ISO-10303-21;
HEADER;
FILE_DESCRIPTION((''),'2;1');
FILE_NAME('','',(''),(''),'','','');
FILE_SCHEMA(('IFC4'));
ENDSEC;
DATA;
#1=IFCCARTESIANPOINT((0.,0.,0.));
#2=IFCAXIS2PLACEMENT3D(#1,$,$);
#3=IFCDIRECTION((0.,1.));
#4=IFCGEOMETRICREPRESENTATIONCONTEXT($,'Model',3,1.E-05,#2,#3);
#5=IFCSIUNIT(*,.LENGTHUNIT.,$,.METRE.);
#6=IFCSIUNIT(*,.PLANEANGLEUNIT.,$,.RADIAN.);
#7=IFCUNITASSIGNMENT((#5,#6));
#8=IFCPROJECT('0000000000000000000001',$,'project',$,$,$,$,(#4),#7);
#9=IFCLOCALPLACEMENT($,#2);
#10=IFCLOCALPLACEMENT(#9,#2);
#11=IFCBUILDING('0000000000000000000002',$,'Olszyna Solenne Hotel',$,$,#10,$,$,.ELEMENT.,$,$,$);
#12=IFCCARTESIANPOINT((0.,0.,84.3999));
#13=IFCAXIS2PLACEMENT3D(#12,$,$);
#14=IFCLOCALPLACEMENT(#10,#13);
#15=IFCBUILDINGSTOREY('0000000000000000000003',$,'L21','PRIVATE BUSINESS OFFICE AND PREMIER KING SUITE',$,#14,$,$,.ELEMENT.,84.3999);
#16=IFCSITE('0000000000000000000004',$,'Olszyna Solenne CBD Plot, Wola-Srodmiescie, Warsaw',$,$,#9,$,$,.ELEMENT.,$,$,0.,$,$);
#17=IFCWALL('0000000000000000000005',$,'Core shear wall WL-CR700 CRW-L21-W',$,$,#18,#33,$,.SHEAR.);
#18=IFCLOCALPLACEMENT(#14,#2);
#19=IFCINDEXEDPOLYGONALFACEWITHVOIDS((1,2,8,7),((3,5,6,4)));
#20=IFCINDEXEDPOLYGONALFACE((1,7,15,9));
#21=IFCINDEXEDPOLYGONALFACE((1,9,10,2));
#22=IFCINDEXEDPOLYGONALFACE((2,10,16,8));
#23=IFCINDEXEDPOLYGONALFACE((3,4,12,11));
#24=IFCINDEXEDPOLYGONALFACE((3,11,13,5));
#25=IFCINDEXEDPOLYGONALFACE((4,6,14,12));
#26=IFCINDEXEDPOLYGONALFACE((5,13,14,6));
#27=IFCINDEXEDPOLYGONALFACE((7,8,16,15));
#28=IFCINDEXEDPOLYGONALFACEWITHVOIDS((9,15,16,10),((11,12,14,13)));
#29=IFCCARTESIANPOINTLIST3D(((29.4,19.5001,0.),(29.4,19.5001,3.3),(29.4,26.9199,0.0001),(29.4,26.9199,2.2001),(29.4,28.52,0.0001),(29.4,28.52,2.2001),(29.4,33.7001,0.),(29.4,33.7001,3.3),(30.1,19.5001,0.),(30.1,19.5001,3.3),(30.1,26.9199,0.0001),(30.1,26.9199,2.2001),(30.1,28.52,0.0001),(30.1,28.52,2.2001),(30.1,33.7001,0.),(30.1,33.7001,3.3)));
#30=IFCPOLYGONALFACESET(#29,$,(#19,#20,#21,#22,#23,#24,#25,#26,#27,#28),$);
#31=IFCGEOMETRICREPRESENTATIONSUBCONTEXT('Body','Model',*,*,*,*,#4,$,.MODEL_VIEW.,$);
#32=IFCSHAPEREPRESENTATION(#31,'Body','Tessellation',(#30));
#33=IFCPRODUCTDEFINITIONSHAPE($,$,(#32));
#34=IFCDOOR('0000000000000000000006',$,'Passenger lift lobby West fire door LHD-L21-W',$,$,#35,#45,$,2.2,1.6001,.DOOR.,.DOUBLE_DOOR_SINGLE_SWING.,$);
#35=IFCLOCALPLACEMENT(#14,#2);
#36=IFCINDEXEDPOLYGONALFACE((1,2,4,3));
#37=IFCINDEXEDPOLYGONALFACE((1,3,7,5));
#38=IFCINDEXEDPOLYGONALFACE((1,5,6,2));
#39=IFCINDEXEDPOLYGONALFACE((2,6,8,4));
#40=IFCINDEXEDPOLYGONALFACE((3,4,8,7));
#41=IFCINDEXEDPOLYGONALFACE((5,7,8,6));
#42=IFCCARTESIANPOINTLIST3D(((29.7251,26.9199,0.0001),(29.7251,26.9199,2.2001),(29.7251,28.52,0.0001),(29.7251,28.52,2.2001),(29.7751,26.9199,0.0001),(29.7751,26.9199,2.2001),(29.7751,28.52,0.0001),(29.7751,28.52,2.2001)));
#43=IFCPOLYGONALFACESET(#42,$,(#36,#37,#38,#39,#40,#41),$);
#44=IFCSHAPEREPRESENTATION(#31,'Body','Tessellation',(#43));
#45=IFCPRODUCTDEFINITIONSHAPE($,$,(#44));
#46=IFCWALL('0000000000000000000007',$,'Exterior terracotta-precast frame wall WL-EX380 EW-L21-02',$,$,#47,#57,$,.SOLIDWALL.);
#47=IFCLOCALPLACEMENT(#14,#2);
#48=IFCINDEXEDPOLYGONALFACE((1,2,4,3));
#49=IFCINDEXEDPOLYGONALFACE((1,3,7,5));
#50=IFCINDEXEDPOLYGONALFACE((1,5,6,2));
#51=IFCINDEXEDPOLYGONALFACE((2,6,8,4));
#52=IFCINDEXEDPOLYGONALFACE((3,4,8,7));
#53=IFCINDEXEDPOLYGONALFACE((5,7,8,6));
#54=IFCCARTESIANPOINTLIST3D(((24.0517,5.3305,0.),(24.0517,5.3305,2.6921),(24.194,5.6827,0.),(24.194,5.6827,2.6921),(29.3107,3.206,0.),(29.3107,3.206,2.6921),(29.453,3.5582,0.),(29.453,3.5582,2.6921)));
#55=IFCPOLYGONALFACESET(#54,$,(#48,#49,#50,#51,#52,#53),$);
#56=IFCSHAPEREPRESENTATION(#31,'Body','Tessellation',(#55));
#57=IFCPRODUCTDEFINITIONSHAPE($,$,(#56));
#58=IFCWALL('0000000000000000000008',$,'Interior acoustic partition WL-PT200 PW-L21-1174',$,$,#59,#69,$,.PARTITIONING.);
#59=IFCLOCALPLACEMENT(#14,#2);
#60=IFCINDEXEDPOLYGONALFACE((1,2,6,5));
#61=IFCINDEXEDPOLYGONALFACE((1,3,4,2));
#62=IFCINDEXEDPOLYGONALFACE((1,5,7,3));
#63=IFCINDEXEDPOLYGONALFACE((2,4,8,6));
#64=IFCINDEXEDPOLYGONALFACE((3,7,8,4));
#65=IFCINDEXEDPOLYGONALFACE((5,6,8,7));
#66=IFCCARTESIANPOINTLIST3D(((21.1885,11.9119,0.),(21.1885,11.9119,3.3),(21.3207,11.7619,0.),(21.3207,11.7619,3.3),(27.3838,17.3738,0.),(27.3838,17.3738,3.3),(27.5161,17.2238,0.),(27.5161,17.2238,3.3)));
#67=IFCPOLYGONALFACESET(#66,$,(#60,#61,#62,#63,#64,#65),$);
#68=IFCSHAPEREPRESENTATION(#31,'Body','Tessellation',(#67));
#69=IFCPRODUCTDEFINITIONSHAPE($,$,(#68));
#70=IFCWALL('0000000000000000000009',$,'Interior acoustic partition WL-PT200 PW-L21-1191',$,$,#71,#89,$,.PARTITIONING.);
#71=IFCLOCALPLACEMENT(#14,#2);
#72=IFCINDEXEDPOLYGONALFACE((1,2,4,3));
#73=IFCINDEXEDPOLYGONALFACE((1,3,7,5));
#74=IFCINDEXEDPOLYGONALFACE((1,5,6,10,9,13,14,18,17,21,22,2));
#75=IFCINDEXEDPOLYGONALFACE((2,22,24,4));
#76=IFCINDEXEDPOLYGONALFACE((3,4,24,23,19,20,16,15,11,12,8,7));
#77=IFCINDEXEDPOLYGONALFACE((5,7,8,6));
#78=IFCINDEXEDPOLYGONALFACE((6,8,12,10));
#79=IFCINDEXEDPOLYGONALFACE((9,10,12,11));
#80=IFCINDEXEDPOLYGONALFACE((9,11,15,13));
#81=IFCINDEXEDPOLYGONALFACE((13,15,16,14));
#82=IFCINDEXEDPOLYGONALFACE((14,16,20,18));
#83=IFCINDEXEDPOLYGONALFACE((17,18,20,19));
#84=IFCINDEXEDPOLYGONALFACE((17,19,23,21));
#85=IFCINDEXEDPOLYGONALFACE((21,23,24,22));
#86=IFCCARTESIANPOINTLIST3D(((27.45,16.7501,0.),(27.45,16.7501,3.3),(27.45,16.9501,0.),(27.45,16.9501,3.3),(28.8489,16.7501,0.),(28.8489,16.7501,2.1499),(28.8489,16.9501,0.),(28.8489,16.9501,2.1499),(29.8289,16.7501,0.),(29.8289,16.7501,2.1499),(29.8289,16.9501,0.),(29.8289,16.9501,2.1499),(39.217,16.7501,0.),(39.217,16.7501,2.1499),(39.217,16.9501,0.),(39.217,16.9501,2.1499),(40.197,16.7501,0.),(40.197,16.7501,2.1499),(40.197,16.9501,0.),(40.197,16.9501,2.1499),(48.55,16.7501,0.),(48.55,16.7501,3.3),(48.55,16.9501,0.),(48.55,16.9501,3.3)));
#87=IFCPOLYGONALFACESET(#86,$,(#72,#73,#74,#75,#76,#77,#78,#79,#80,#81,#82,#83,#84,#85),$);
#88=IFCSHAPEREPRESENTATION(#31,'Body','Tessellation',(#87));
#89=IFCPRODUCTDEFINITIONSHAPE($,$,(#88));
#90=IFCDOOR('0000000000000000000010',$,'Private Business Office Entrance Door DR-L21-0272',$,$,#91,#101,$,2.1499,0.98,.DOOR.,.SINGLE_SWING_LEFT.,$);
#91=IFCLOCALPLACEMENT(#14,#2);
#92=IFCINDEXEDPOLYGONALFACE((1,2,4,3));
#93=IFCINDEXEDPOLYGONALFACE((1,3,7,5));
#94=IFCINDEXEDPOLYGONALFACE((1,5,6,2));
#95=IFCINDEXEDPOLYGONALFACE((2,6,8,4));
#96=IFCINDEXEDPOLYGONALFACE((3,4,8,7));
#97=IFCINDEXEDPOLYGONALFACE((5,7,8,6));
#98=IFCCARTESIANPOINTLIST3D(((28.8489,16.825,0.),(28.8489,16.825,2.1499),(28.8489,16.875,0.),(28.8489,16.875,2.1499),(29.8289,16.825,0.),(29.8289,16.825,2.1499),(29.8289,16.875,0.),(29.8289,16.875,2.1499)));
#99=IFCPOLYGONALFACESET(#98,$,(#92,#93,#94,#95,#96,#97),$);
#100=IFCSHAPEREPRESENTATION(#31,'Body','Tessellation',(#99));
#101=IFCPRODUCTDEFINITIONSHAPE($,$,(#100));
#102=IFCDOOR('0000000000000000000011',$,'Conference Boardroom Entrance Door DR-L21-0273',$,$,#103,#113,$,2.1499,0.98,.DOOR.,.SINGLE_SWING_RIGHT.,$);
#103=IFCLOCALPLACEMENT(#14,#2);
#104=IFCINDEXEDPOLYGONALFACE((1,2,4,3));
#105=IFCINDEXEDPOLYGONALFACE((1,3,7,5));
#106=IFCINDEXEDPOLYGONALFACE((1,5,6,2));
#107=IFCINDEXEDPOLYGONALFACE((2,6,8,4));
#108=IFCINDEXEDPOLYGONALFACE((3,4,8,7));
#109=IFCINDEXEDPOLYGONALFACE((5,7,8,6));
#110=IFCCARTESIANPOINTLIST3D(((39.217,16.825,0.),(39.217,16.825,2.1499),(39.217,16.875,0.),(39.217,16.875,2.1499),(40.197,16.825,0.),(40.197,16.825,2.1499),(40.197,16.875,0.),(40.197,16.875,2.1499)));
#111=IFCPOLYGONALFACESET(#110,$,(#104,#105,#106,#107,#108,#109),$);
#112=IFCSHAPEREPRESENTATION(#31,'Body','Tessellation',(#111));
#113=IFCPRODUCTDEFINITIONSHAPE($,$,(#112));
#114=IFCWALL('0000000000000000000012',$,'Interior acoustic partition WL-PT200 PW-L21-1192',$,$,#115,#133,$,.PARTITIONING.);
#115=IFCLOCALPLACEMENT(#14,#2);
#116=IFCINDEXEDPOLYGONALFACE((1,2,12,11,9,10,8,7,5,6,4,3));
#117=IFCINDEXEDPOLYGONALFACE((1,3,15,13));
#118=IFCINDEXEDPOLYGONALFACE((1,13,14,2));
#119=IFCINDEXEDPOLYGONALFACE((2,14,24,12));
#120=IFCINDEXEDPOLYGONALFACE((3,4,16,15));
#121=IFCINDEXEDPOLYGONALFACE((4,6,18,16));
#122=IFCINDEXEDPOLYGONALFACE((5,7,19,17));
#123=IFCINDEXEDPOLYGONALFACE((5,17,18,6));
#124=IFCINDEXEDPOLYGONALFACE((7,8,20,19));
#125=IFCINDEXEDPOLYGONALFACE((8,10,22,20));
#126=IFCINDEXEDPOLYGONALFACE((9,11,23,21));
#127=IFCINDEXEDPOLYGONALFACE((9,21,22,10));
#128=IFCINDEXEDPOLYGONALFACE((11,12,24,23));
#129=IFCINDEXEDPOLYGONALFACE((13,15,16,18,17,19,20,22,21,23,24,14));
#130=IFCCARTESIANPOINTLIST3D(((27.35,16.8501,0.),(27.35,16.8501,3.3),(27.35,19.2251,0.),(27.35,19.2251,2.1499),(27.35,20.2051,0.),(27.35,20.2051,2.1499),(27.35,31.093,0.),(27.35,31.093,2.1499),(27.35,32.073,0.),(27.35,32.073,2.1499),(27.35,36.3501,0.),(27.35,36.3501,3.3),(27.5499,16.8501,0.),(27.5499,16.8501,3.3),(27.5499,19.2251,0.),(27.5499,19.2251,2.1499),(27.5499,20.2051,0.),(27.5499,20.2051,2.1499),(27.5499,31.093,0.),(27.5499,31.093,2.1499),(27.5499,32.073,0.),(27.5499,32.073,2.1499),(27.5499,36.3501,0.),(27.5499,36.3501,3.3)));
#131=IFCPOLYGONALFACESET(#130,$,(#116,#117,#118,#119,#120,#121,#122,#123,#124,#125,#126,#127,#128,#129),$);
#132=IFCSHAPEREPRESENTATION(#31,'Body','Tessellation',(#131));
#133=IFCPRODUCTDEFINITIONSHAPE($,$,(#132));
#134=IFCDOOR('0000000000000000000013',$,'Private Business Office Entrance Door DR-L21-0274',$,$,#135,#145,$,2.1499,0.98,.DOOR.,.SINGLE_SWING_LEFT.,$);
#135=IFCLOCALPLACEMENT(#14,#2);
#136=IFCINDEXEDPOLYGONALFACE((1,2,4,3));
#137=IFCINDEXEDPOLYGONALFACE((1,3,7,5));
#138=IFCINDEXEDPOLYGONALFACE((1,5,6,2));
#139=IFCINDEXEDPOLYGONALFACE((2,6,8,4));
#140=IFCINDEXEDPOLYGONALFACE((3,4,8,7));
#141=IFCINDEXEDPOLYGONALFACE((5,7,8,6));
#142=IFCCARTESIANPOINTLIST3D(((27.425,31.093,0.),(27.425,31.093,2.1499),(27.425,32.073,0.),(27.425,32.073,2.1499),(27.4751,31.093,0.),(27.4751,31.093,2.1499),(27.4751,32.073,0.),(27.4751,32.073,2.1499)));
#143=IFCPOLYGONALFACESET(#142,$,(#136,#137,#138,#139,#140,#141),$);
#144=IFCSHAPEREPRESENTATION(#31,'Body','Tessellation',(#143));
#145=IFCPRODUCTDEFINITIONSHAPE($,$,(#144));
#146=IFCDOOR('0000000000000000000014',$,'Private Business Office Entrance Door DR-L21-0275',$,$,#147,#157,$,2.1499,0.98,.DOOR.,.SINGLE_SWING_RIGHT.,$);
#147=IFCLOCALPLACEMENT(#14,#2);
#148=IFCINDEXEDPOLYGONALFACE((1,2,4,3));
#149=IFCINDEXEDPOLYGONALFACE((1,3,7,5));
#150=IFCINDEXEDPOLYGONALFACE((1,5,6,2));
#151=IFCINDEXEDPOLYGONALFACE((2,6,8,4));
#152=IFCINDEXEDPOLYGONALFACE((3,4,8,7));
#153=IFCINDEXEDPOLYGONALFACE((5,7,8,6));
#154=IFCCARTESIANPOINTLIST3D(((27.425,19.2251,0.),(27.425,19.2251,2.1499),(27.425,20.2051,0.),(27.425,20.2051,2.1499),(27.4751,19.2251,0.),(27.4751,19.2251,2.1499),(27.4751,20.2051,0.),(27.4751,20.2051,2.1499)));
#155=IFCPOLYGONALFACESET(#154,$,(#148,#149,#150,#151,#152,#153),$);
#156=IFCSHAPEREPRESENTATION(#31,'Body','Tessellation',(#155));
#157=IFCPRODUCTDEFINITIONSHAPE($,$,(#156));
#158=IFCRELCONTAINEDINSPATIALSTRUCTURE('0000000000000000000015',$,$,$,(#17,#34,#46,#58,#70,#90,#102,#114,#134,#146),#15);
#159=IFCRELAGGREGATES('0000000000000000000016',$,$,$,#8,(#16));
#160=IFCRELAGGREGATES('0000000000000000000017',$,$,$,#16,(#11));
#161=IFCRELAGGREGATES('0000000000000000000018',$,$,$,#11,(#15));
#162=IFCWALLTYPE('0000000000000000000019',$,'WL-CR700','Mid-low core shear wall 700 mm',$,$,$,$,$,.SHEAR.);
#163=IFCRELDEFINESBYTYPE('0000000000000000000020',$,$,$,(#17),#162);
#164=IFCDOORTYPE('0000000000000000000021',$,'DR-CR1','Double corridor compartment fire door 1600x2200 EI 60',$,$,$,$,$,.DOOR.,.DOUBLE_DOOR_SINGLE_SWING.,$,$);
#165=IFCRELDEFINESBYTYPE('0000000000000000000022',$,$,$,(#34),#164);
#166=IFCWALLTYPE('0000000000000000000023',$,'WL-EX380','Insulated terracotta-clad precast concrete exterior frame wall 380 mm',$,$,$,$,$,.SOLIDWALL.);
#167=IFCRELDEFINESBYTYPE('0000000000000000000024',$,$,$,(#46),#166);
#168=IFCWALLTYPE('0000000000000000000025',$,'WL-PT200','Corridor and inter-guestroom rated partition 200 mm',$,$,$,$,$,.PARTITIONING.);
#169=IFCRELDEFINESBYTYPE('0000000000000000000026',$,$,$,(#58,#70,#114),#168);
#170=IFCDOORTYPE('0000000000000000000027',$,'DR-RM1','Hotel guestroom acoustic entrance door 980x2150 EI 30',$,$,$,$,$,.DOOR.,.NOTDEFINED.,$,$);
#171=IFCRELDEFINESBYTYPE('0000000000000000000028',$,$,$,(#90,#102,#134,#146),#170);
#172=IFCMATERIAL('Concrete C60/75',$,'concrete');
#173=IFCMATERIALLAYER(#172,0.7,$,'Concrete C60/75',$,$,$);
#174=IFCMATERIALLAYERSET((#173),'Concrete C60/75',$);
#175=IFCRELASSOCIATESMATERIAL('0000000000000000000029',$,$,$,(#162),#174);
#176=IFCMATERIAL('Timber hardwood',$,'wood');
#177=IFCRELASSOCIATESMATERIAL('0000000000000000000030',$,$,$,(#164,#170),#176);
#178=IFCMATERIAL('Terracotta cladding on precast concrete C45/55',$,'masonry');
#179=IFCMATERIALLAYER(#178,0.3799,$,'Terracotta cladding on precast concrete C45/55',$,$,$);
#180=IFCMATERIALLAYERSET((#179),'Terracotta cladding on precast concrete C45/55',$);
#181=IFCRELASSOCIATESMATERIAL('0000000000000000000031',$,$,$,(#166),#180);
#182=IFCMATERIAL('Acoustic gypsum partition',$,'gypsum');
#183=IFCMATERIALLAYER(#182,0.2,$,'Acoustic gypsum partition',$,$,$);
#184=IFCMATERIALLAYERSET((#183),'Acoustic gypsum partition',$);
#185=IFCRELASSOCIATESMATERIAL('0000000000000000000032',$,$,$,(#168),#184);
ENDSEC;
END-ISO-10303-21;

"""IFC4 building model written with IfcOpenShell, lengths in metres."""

from ifc_helpers import new_model, si_unit, direction, frame, frame_2d, origin, place, context, subcontext, project, spatial, rectangle, extrude, source, transform, mapped, material, layer, layer_set, type_object, type_shapes, element, fill, save


model = new_model("IFC4")

# Units and contexts
model_context = context("Model", 3, precision=1e-05, world=origin(), true_north=direction((0.0, 1.0)))
body_context = subcontext(model_context, "Body", "Model", "MODEL_VIEW")
ifc_project = project(units=[si_unit("LENGTHUNIT", "METRE"), si_unit("PLANEANGLEUNIT", "RADIAN")], contexts=[model_context])

# Site, building, storey
site_placement = place(None, origin())
site = spatial("IfcSite", under=ifc_project, at=site_placement, Name="Olszyna Solenne CBD Plot, Wola-Srodmiescie, Warsaw", CompositionType="ELEMENT", RefElevation=0.0)
building_placement = place(site_placement, origin())
building = spatial("IfcBuilding", under=site, at=building_placement, Name="Olszyna Solenne Hotel", CompositionType="ELEMENT")
storey_placement = place(building_placement, frame((0.0, 0.0, 84.3999)))
storey = spatial("IfcBuildingStorey", under=building, at=storey_placement, Name="L21", Description="PRIVATE BUSINESS OFFICE AND PREMIER KING SUITE", CompositionType="ELEMENT", Elevation=84.3999)

# Wall, opening, door
ifc_material_1 = material(Name="Concrete C60/75", Category="concrete")
ifc_layer_1 = layer(ifc_material_1, 0.7, Name="Concrete C60/75")
ifc_layer_set_1 = layer_set([ifc_layer_1], Name="Concrete C60/75")
wall_type_1 = type_object("IfcWallType", Name="WL-CR700", Description="Mid-low core shear wall 700 mm", PredefinedType="SHEAR", material=ifc_layer_set_1)
wall_1_placement = place(storey_placement, frame((29.75, 19.5, 0.0), z_axis=(0.0, 0.0, 1.0), x_axis=(0.0, 1.0, 0.0)))
wall_1 = element("IfcWall", 1, at=wall_1_placement, inside=storey, type_object=wall_type_1, Name="Core shear wall WL-CR700 CRW-L21-W", PredefinedType="SHEAR", context=body_context, shape_type="SweptSolid", body=[
    extrude(rectangle(XDim=14.2, YDim=0.7, at=frame_2d((7.1001, 0.0))), origin(), (0.0, 0.0, 1.0), 3.3),
])
opening_1_placement = place(wall_1_placement, frame((7.4199, 0.0, 0.0)))
opening_1 = element("IfcOpeningElement", 2, at=opening_1_placement, cuts=wall_1, PredefinedType="OPENING", context=body_context, shape_type="SweptSolid", body=[
    extrude(rectangle(XDim=1.6001, YDim=2.2, at=frame_2d((0.8, 1.1001))), frame((0.0, 0.3599, 0.0), z_axis=(0.0, -1.0, 0.0), x_axis=(1.0, 0.0, 0.0)), (0.0, 0.0, 1.0), 0.72),
])
ifc_material_2 = material(Name="Timber hardwood", Category="wood")
door_type_1 = type_object("IfcDoorType", Name="DR-CR1", Description="Double corridor compartment fire door 1600x2200 EI 60", OperationType="DOUBLE_DOOR_SINGLE_SWING", PredefinedType="DOOR", material=ifc_material_2)
shared_shape_1 = source(origin(), body_context, "Body", "SweptSolid", [
    extrude(rectangle(XDim=1.6001, YDim=2.2, at=frame_2d((0.8, 1.1001))), frame((0.0, 0.0249, 0.0), z_axis=(0.0, -1.0, 0.0), x_axis=(1.0, 0.0, 0.0)), (0.0, 0.0, 1.0), 0.05),
])
type_shapes(door_type_1, [shared_shape_1])
door_1_placement = place(opening_1_placement, origin())
door_1 = element("IfcDoor", 3, at=door_1_placement, inside=storey, type_object=door_type_1, Name="Passenger lift lobby West fire door LHD-L21-W", OperationType="DOUBLE_DOOR_SINGLE_SWING", OverallHeight=2.2, OverallWidth=1.6001, PredefinedType="DOOR", context=body_context, shape_type="MappedRepresentation", body=[
    mapped(shared_shape_1, transform((0.0, 0.0, 0.0), x_axis=(1.0, 0.0, 0.0), y_axis=(0.0, 1.0, 0.0), z_axis=(0.0, 0.0, 1.0), scale=1.0)),
])
fill(opening_1, door_1)

# Walls
ifc_material_3 = material(Name="Terracotta cladding on precast concrete C45/55", Category="masonry")
ifc_layer_2 = layer(ifc_material_3, 0.3799, Name="Terracotta cladding on precast concrete C45/55")
ifc_layer_set_2 = layer_set([ifc_layer_2], Name="Terracotta cladding on precast concrete C45/55")
wall_type_2 = type_object("IfcWallType", Name="WL-EX380", Description="Insulated terracotta-clad precast concrete exterior frame wall 380 mm", PredefinedType="SOLIDWALL", material=ifc_layer_set_2)
wall_2_placement = place(storey_placement, frame((29.3818, 3.3821, 0.0), z_axis=(0.0, 0.0, 1.0), x_axis=(-0.927201, 0.374565, 0.0)))
element("IfcWall", 4, at=wall_2_placement, inside=storey, type_object=wall_type_2, Name="Exterior terracotta-precast frame wall WL-EX380 EW-L21-02", PredefinedType="SOLIDWALL", context=body_context, shape_type="SweptSolid", body=[
    extrude(rectangle(XDim=5.6719, YDim=0.3799, at=frame_2d((2.8359, 0.0))), origin(), (0.0, 0.0, 1.0), 2.6921),
])
ifc_material_4 = material(Name="Acoustic gypsum partition", Category="gypsum")
ifc_layer_3 = layer(ifc_material_4, 0.2, Name="Acoustic gypsum partition")
ifc_layer_set_3 = layer_set([ifc_layer_3], Name="Acoustic gypsum partition")
wall_type_3 = type_object("IfcWallType", Name="WL-PT200", Description="Corridor and inter-guestroom rated partition 200 mm", PredefinedType="PARTITIONING", material=ifc_layer_set_3)
wall_3_placement = place(storey_placement, frame((27.45, 17.2988, 0.0), z_axis=(0.0, 0.0, 1.0), x_axis=(-0.75011, -0.661313, 0.0)))
element("IfcWall", 5, at=wall_3_placement, inside=storey, type_object=wall_type_3, Name="Interior acoustic partition WL-PT200 PW-L21-1174", PredefinedType="PARTITIONING", context=body_context, shape_type="SweptSolid", body=[
    extrude(rectangle(XDim=8.2593, YDim=0.2, at=frame_2d((4.1296, 0.0))), origin(), (0.0, 0.0, 1.0), 3.3),
])

# Walls, openings, doors
wall_4_placement = place(storey_placement, frame((27.45, 16.8501, 0.0), z_axis=(0.0, 0.0, 1.0), x_axis=(1.0, 0.0, 0.0)))
wall_4 = element("IfcWall", 6, at=wall_4_placement, inside=storey, type_object=wall_type_3, Name="Interior acoustic partition WL-PT200 PW-L21-1191", PredefinedType="PARTITIONING", context=body_context, shape_type="SweptSolid", body=[
    extrude(rectangle(XDim=21.1001, YDim=0.2, at=frame_2d((10.55, 0.0))), origin(), (0.0, 0.0, 1.0), 3.3),
])
opening_2_placement = place(wall_4_placement, frame((1.3989, 0.0, 0.0)))
opening_2 = element("IfcOpeningElement", 7, at=opening_2_placement, cuts=wall_4, PredefinedType="OPENING", context=body_context, shape_type="SweptSolid", body=[
    extrude(rectangle(XDim=0.98, YDim=2.1499, at=frame_2d((0.49, 1.075))), frame((0.0, 0.1099, 0.0), z_axis=(0.0, -1.0, 0.0), x_axis=(1.0, 0.0, 0.0)), (0.0, 0.0, 1.0), 0.22),
])
opening_3_placement = place(wall_4_placement, frame((11.7671, 0.0, 0.0)))
opening_3 = element("IfcOpeningElement", 8, at=opening_3_placement, cuts=wall_4, PredefinedType="OPENING", context=body_context, shape_type="SweptSolid", body=[
    extrude(rectangle(XDim=0.98, YDim=2.1499, at=frame_2d((0.49, 1.075))), frame((0.0, 0.1099, 0.0), z_axis=(0.0, -1.0, 0.0), x_axis=(1.0, 0.0, 0.0)), (0.0, 0.0, 1.0), 0.22),
])
door_type_2 = type_object("IfcDoorType", Name="DR-RM1", Description="Hotel guestroom acoustic entrance door 980x2150 EI 30", OperationType="NOTDEFINED", PredefinedType="DOOR", material=ifc_material_2)
shared_shape_2 = source(origin(), body_context, "Body", "SweptSolid", [
    extrude(rectangle(XDim=0.98, YDim=2.1499, at=frame_2d((0.49, 1.075))), frame((0.0, 0.0249, 0.0), z_axis=(0.0, -1.0, 0.0), x_axis=(1.0, 0.0, 0.0)), (0.0, 0.0, 1.0), 0.05),
])
type_shapes(door_type_2, [shared_shape_2])
door_2_placement = place(opening_2_placement, origin())
door_2 = element("IfcDoor", 9, at=door_2_placement, inside=storey, type_object=door_type_2, Name="Private Business Office Entrance Door DR-L21-0272", OperationType="SINGLE_SWING_LEFT", OverallHeight=2.1499, OverallWidth=0.98, PredefinedType="DOOR", context=body_context, shape_type="MappedRepresentation", body=[
    mapped(shared_shape_2, transform((0.0, 0.0, 0.0), x_axis=(1.0, 0.0, 0.0), y_axis=(0.0, 1.0, 0.0), z_axis=(0.0, 0.0, 1.0), scale=1.0)),
])
fill(opening_2, door_2)
door_3_placement = place(opening_3_placement, origin())
door_3 = element("IfcDoor", 10, at=door_3_placement, inside=storey, type_object=door_type_2, Name="Conference Boardroom Entrance Door DR-L21-0273", OperationType="SINGLE_SWING_RIGHT", OverallHeight=2.1499, OverallWidth=0.98, PredefinedType="DOOR", context=body_context, shape_type="MappedRepresentation", body=[
    mapped(shared_shape_2, transform((0.0, 0.0, 0.0), x_axis=(1.0, 0.0, 0.0), y_axis=(0.0, 1.0, 0.0), z_axis=(0.0, 0.0, 1.0), scale=1.0)),
])
fill(opening_3, door_3)
wall_5_placement = place(storey_placement, frame((27.45, 16.8501, 0.0), z_axis=(0.0, 0.0, 1.0), x_axis=(0.0, 1.0, 0.0)))
wall_5 = element("IfcWall", 11, at=wall_5_placement, inside=storey, type_object=wall_type_3, Name="Interior acoustic partition WL-PT200 PW-L21-1192", PredefinedType="PARTITIONING", context=body_context, shape_type="SweptSolid", body=[
    extrude(rectangle(XDim=19.5, YDim=0.2, at=frame_2d((9.75, 0.0))), origin(), (0.0, 0.0, 1.0), 3.3),
])
opening_4_placement = place(wall_5_placement, frame((14.2429, 0.0, 0.0)))
opening_4 = element("IfcOpeningElement", 12, at=opening_4_placement, cuts=wall_5, PredefinedType="OPENING", context=body_context, shape_type="SweptSolid", body=[
    extrude(rectangle(XDim=0.98, YDim=2.1499, at=frame_2d((0.49, 1.075))), frame((0.0, 0.1099, 0.0), z_axis=(0.0, -1.0, 0.0), x_axis=(1.0, 0.0, 0.0)), (0.0, 0.0, 1.0), 0.22),
])
opening_5_placement = place(wall_5_placement, frame((2.375, 0.0, 0.0)))
opening_5 = element("IfcOpeningElement", 13, at=opening_5_placement, cuts=wall_5, PredefinedType="OPENING", context=body_context, shape_type="SweptSolid", body=[
    extrude(rectangle(XDim=0.98, YDim=2.1499, at=frame_2d((0.49, 1.075))), frame((0.0, 0.1099, 0.0), z_axis=(0.0, -1.0, 0.0), x_axis=(1.0, 0.0, 0.0)), (0.0, 0.0, 1.0), 0.22),
])
door_4_placement = place(opening_4_placement, origin())
door_4 = element("IfcDoor", 14, at=door_4_placement, inside=storey, type_object=door_type_2, Name="Private Business Office Entrance Door DR-L21-0274", OperationType="SINGLE_SWING_LEFT", OverallHeight=2.1499, OverallWidth=0.98, PredefinedType="DOOR", context=body_context, shape_type="MappedRepresentation", body=[
    mapped(shared_shape_2, transform((0.0, 0.0, 0.0), x_axis=(1.0, 0.0, 0.0), y_axis=(0.0, 1.0, 0.0), z_axis=(0.0, 0.0, 1.0), scale=1.0)),
])
fill(opening_4, door_4)
door_5_placement = place(opening_5_placement, origin())
door_5 = element("IfcDoor", 15, at=door_5_placement, inside=storey, type_object=door_type_2, Name="Private Business Office Entrance Door DR-L21-0275", OperationType="SINGLE_SWING_RIGHT", OverallHeight=2.1499, OverallWidth=0.98, PredefinedType="DOOR", context=body_context, shape_type="MappedRepresentation", body=[
    mapped(shared_shape_2, transform((0.0, 0.0, 0.0), x_axis=(1.0, 0.0, 0.0), y_axis=(0.0, 1.0, 0.0), z_axis=(0.0, 0.0, 1.0), scale=1.0)),
])
fill(opening_5, door_5)

save(model, "model.ifc")
